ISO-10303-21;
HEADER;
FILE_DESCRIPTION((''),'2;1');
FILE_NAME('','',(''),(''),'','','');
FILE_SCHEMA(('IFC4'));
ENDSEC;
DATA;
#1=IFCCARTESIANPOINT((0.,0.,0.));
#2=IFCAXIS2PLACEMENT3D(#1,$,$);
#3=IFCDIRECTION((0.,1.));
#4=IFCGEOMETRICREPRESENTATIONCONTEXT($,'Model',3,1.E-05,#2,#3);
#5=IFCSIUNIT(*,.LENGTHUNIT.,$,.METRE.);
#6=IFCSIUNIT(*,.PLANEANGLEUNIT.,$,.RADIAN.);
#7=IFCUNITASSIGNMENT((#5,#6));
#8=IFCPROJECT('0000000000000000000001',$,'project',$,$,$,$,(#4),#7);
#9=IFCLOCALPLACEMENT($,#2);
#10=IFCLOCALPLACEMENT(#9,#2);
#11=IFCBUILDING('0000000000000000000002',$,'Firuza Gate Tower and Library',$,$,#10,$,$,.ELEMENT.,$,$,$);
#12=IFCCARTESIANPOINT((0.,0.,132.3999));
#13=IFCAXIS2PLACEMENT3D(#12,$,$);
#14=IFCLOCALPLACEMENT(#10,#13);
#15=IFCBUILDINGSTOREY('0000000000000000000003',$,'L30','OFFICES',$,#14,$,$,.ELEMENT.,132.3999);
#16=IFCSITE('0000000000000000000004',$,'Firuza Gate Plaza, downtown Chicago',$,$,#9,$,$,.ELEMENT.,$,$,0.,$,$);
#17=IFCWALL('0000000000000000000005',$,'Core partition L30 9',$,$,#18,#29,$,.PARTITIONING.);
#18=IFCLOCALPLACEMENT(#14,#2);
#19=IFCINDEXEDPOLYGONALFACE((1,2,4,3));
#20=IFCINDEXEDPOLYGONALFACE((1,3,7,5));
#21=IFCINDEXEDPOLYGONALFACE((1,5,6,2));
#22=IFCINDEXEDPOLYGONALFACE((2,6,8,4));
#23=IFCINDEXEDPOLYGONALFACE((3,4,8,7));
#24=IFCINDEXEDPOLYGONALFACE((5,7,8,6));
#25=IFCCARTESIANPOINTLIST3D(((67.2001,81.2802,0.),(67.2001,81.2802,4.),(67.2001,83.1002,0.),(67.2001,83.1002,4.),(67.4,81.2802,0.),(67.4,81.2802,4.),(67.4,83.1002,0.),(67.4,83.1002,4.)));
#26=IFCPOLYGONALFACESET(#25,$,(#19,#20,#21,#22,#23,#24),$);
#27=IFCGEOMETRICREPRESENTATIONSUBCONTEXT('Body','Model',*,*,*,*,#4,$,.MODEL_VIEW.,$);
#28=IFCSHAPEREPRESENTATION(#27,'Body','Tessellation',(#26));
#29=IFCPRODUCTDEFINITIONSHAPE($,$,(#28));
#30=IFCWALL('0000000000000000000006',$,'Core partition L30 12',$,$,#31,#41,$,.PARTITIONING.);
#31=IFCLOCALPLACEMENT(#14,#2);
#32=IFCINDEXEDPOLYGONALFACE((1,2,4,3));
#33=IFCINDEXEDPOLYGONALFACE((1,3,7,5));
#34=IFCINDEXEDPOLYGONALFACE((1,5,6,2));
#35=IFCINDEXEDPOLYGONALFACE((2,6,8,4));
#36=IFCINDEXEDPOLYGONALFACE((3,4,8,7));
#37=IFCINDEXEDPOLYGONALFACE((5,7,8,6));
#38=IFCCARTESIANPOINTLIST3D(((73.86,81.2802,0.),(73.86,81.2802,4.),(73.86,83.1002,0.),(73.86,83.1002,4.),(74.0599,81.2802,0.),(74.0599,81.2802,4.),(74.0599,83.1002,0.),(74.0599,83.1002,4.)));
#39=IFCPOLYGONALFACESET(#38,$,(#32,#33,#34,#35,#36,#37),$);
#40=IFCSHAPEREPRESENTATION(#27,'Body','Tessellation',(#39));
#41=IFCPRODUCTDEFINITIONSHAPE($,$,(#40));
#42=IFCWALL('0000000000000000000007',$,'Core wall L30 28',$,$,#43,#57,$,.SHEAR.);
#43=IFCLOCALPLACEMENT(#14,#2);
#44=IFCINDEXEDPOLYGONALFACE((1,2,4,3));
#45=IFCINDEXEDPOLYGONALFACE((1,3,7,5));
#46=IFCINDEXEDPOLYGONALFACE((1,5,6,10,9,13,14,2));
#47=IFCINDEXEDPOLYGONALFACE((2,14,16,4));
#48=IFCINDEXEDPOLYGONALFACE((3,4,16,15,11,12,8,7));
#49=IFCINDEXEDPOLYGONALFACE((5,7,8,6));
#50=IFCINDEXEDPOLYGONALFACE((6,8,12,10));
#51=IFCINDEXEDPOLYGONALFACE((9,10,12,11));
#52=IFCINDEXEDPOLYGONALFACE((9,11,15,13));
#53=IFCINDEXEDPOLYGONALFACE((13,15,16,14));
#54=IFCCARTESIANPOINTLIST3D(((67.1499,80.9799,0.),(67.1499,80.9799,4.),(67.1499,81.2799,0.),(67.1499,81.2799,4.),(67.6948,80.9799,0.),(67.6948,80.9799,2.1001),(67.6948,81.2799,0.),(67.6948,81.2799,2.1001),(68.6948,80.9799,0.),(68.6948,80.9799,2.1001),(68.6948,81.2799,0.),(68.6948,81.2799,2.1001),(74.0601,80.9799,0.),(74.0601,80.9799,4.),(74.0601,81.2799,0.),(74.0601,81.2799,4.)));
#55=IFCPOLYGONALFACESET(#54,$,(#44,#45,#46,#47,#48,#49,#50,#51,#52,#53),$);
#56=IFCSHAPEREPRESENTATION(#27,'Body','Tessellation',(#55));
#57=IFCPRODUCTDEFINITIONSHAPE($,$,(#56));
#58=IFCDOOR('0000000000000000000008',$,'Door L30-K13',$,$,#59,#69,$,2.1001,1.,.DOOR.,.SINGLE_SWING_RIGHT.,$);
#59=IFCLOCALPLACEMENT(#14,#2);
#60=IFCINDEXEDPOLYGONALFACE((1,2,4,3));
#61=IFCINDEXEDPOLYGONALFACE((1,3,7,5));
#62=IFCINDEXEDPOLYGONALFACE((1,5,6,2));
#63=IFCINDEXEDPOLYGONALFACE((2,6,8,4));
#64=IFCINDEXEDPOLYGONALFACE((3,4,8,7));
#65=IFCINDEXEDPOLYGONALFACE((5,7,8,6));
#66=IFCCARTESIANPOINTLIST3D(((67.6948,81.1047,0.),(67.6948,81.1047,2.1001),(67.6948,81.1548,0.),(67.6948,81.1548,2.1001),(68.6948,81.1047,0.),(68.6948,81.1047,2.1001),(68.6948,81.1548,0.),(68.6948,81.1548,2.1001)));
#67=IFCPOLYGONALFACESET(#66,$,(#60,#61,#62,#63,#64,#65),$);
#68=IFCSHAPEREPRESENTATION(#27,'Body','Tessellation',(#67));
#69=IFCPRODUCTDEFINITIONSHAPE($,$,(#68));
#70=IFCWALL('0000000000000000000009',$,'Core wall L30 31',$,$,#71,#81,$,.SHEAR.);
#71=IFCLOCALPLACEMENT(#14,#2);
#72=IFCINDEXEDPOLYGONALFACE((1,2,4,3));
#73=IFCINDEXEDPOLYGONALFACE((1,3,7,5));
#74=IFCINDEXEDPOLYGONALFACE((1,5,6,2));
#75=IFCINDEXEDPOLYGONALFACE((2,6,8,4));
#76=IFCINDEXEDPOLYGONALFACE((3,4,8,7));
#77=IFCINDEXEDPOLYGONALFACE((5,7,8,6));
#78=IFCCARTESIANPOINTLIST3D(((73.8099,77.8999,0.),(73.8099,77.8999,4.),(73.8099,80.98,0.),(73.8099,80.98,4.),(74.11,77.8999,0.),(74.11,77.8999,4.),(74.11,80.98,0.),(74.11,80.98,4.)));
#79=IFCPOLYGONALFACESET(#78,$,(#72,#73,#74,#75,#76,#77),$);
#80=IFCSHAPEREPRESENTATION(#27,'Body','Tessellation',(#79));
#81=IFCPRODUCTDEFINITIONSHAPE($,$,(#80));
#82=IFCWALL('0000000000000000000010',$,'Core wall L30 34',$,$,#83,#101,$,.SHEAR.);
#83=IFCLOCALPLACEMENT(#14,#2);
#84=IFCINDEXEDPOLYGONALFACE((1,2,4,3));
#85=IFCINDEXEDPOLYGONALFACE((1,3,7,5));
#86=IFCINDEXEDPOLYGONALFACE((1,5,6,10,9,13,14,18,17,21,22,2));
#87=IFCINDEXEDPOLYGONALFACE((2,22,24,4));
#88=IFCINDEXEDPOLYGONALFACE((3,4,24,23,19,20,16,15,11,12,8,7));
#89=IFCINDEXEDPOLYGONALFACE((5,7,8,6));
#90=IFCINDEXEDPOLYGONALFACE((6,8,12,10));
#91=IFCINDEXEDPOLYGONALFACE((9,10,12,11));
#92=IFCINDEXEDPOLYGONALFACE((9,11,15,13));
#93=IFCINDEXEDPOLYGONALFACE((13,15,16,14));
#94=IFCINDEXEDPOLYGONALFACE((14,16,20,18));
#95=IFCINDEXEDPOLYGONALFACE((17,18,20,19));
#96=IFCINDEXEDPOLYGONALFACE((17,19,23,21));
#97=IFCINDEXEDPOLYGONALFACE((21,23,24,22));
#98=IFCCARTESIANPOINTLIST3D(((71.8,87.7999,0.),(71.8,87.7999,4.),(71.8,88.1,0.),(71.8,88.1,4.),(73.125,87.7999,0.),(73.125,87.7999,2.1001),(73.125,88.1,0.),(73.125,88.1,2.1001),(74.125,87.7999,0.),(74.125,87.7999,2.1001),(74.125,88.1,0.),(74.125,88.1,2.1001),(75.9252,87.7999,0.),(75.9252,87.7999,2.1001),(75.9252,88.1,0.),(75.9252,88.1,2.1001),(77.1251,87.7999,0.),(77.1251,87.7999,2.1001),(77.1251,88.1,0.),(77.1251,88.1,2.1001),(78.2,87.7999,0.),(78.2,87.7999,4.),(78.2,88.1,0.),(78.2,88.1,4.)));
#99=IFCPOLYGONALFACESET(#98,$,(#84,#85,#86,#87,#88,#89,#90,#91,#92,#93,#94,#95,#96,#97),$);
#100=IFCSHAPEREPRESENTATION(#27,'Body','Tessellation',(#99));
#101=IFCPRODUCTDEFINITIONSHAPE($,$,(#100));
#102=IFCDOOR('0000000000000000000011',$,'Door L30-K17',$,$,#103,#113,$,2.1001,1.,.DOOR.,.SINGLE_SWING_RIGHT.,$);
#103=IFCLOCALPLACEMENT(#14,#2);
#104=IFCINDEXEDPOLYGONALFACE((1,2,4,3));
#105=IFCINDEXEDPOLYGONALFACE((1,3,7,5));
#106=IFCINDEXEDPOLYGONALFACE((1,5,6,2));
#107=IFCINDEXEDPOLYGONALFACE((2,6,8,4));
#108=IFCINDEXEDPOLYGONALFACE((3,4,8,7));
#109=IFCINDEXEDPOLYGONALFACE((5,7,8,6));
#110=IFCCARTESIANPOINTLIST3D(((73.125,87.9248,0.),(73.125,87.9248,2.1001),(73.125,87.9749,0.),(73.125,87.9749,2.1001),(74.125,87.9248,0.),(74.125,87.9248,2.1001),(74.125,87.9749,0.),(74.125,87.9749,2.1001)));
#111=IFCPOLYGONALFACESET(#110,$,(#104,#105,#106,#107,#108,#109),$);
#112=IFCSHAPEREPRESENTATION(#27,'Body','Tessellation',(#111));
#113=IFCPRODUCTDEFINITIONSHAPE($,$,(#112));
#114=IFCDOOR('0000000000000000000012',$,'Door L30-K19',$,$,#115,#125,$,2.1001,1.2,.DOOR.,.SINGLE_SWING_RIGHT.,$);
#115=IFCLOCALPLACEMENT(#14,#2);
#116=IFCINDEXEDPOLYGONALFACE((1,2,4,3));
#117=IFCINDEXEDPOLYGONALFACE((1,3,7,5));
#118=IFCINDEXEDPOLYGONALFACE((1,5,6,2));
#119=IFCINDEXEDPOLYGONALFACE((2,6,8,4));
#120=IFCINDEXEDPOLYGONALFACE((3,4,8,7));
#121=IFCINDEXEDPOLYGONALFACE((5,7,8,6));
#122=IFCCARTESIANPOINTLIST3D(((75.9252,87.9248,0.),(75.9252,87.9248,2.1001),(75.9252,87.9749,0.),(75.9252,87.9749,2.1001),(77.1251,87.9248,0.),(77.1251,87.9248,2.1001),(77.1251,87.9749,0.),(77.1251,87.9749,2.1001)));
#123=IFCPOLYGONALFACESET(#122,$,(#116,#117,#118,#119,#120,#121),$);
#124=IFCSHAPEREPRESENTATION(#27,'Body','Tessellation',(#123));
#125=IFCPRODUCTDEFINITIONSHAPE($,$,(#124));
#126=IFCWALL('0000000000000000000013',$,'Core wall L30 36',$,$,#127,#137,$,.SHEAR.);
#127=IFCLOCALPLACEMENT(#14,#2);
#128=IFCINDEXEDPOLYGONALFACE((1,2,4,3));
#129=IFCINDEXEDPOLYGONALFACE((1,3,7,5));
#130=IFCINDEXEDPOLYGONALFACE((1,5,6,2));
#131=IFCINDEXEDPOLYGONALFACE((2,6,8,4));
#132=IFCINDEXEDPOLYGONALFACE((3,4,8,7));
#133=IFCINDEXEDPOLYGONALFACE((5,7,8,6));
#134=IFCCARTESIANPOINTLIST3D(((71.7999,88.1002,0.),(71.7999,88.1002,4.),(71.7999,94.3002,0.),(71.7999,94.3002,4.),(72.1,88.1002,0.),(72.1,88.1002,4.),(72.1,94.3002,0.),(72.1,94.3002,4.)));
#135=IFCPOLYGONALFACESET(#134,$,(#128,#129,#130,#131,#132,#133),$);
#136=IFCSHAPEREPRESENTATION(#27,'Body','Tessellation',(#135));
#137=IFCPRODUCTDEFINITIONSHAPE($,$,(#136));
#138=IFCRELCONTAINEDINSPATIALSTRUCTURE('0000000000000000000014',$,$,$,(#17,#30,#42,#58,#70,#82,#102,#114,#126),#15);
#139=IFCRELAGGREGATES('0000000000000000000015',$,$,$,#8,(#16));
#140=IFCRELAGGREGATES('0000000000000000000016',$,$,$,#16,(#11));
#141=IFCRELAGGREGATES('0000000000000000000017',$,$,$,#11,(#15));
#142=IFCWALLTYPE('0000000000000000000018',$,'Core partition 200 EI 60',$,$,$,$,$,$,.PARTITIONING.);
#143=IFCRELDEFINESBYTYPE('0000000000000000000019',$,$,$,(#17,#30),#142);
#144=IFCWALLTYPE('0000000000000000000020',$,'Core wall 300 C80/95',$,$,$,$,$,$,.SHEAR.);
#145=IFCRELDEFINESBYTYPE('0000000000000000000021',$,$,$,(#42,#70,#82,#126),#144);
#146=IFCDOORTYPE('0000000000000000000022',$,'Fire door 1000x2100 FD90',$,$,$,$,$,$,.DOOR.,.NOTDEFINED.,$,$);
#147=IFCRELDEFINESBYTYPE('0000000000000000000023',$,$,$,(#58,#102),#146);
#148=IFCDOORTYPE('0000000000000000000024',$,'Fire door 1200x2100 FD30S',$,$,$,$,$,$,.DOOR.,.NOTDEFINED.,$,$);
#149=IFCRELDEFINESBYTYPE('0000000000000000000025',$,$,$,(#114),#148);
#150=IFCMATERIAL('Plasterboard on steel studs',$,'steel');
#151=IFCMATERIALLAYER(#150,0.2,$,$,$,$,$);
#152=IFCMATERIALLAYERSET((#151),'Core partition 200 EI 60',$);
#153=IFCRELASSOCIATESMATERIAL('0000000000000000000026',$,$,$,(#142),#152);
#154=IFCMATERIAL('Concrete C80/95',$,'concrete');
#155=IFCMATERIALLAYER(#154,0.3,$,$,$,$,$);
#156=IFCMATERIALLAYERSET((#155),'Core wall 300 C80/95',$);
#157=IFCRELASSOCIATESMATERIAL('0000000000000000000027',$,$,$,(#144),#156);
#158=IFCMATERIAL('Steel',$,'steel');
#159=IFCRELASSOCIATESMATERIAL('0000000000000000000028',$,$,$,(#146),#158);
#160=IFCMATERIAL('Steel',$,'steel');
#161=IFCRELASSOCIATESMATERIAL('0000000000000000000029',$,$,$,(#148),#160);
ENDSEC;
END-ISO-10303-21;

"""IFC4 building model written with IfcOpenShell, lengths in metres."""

from ifc_helpers import new_model, si_unit, direction, frame, frame_2d, origin, place, context, subcontext, project, spatial, rectangle, extrude, material, layer, layer_set, type_object, element, fill, save


model = new_model("IFC4")

# Units and contexts
model_context = context("Model", 3, precision=1e-05, world=origin(), true_north=direction((0.0, 1.0)))
body_context = subcontext(model_context, "Body", "Model", "MODEL_VIEW")
ifc_project = project(units=[si_unit("LENGTHUNIT", "METRE"), si_unit("PLANEANGLEUNIT", "RADIAN")], contexts=[model_context])

# Site, building, storey
site_placement = place(None, origin())
site = spatial("IfcSite", under=ifc_project, at=site_placement, Name="Firuza Gate Plaza, downtown Chicago", CompositionType="ELEMENT", RefElevation=0.0)
building_placement = place(site_placement, origin())
building = spatial("IfcBuilding", under=site, at=building_placement, Name="Firuza Gate Tower and Library", CompositionType="ELEMENT")
storey_placement = place(building_placement, frame((0.0, 0.0, 132.3999)))
storey = spatial("IfcBuildingStorey", under=building, at=storey_placement, Name="L30", Description="OFFICES", CompositionType="ELEMENT", Elevation=132.3999)

# Walls
ifc_material_1 = material(Name="Plasterboard on steel studs", Category="steel")
ifc_layer_1 = layer(ifc_material_1, 0.2)
ifc_layer_set_1 = layer_set([ifc_layer_1], Name="Core partition 200 EI 60")
wall_type_1 = type_object("IfcWallType", Name="Core partition 200 EI 60", PredefinedType="PARTITIONING", material=ifc_layer_set_1)
for number, where, z_axis, x_axis, name in (
    (1, (67.3, 81.28, 0.0), (0.0, 0.0, 1.0), (0.0, 1.0, 0.0), "Core partition L30 9"),
    (2, (73.96, 81.28, 0.0), (0.0, 0.0, 1.0), (0.0, 1.0, 0.0), "Core partition L30 12"),
):
    element("IfcWall", number, at=place(storey_placement, frame(where, z_axis=z_axis, x_axis=x_axis)), inside=storey, type_object=wall_type_1, Name=name, PredefinedType="PARTITIONING", context=body_context, shape_type="SweptSolid", body=[
        extrude(rectangle(XDim=1.8201, YDim=0.2, at=frame_2d((0.9102, 0.0))), origin(), (0.0, 0.0, 1.0), 4.0),
    ])

# Wall, opening, door
ifc_material_2 = material(Name="Concrete C80/95", Category="concrete")
ifc_layer_2 = layer(ifc_material_2, 0.3)
ifc_layer_set_2 = layer_set([ifc_layer_2], Name="Core wall 300 C80/95")
wall_type_2 = type_object("IfcWallType", Name="Core wall 300 C80/95", PredefinedType="SHEAR", material=ifc_layer_set_2)
wall_1_placement = place(storey_placement, frame((67.1499, 81.1299, 0.0), z_axis=(0.0, 0.0, 1.0), x_axis=(1.0, 0.0, 0.0)))
wall_1 = element("IfcWall", 3, at=wall_1_placement, inside=storey, type_object=wall_type_2, Name="Core wall L30 28", PredefinedType="SHEAR", context=body_context, shape_type="SweptSolid", body=[
    extrude(rectangle(XDim=6.9102, YDim=0.3, at=frame_2d((3.4551, 0.0))), origin(), (0.0, 0.0, 1.0), 4.0),
])
opening_1_placement = place(wall_1_placement, frame((0.5449, 0.0, 0.0)))
opening_1 = element("IfcOpeningElement", 4, at=opening_1_placement, cuts=wall_1, PredefinedType="OPENING", context=body_context, shape_type="SweptSolid", body=[
    extrude(rectangle(XDim=1.0, YDim=2.1001, at=frame_2d((0.5, 1.05))), frame((0.0, 0.1602, 0.0), z_axis=(0.0, -1.0, 0.0), x_axis=(1.0, 0.0, 0.0)), (0.0, 0.0, 1.0), 0.3201),
])
ifc_material_3 = material(Name="Steel", Category="steel")
door_type_1 = type_object("IfcDoorType", Name="Fire door 1000x2100 FD90", OperationType="NOTDEFINED", PredefinedType="DOOR", material=ifc_material_3)
door_1_placement = place(opening_1_placement, origin())
door_1 = element("IfcDoor", 5, at=door_1_placement, inside=storey, type_object=door_type_1, Name="Door L30-K13", OperationType="SINGLE_SWING_RIGHT", OverallHeight=2.1001, OverallWidth=1.0, PredefinedType="DOOR", context=body_context, shape_type="SweptSolid", body=[
    extrude(rectangle(XDim=1.0, YDim=2.1001, at=frame_2d((0.5, 1.05))), frame((0.0, 0.0249, 0.0), z_axis=(0.0, -1.0, 0.0), x_axis=(1.0, 0.0, 0.0)), (0.0, 0.0, 1.0), 0.05),
])
fill(opening_1, door_1)

# Wall
wall_2_placement = place(storey_placement, frame((73.96, 77.8999, 0.0), z_axis=(0.0, 0.0, 1.0), x_axis=(0.0, 1.0, 0.0)))
element("IfcWall", 6, at=wall_2_placement, inside=storey, type_object=wall_type_2, Name="Core wall L30 31", PredefinedType="SHEAR", context=body_context, shape_type="SweptSolid", body=[
    extrude(rectangle(XDim=3.0801, YDim=0.3, at=frame_2d((1.54, 0.0))), origin(), (0.0, 0.0, 1.0), 4.0),
])

# Wall, openings, doors
wall_3_placement = place(storey_placement, frame((71.8, 87.95, 0.0), z_axis=(0.0, 0.0, 1.0), x_axis=(1.0, 0.0, 0.0)))
wall_3 = element("IfcWall", 7, at=wall_3_placement, inside=storey, type_object=wall_type_2, Name="Core wall L30 34", PredefinedType="SHEAR", context=body_context, shape_type="SweptSolid", body=[
    extrude(rectangle(XDim=6.3999, YDim=0.3, at=frame_2d((3.2, 0.0))), origin(), (0.0, 0.0, 1.0), 4.0),
])
opening_2_placement = place(wall_3_placement, frame((1.325, 0.0, 0.0)))
opening_2 = element("IfcOpeningElement", 8, at=opening_2_placement, cuts=wall_3, PredefinedType="OPENING", context=body_context, shape_type="SweptSolid", body=[
    extrude(rectangle(XDim=1.0, YDim=2.1001, at=frame_2d((0.5, 1.05))), frame((0.0, 0.1602, 0.0), z_axis=(0.0, -1.0, 0.0), x_axis=(1.0, 0.0, 0.0)), (0.0, 0.0, 1.0), 0.3201),
])
opening_3_placement = place(wall_3_placement, frame((4.125, 0.0, 0.0)))
opening_3 = element("IfcOpeningElement", 9, at=opening_3_placement, cuts=wall_3, PredefinedType="OPENING", context=body_context, shape_type="SweptSolid", body=[
    extrude(rectangle(XDim=1.2, YDim=2.1001, at=frame_2d((0.6001, 1.05))), frame((0.0, 0.1602, 0.0), z_axis=(0.0, -1.0, 0.0), x_axis=(1.0, 0.0, 0.0)), (0.0, 0.0, 1.0), 0.3201),
])
door_2_placement = place(opening_2_placement, origin())
door_2 = element("IfcDoor", 10, at=door_2_placement, inside=storey, type_object=door_type_1, Name="Door L30-K17", OperationType="SINGLE_SWING_RIGHT", OverallHeight=2.1001, OverallWidth=1.0, PredefinedType="DOOR", context=body_context, shape_type="SweptSolid", body=[
    extrude(rectangle(XDim=1.0, YDim=2.1001, at=frame_2d((0.5, 1.05))), frame((0.0, 0.0249, 0.0), z_axis=(0.0, -1.0, 0.0), x_axis=(1.0, 0.0, 0.0)), (0.0, 0.0, 1.0), 0.05),
])
fill(opening_2, door_2)
ifc_material_4 = material(Name="Steel", Category="steel")
door_type_2 = type_object("IfcDoorType", Name="Fire door 1200x2100 FD30S", OperationType="NOTDEFINED", PredefinedType="DOOR", material=ifc_material_4)
door_3_placement = place(opening_3_placement, origin())
door_3 = element("IfcDoor", 11, at=door_3_placement, inside=storey, type_object=door_type_2, Name="Door L30-K19", OperationType="SINGLE_SWING_RIGHT", OverallHeight=2.1001, OverallWidth=1.2, PredefinedType="DOOR", context=body_context, shape_type="SweptSolid", body=[
    extrude(rectangle(XDim=1.2, YDim=2.1001, at=frame_2d((0.6001, 1.05))), frame((0.0, 0.0249, 0.0), z_axis=(0.0, -1.0, 0.0), x_axis=(1.0, 0.0, 0.0)), (0.0, 0.0, 1.0), 0.05),
])
fill(opening_3, door_3)

# Wall
wall_4_placement = place(storey_placement, frame((71.95, 88.1001, 0.0), z_axis=(0.0, 0.0, 1.0), x_axis=(0.0, 1.0, 0.0)))
element("IfcWall", 12, at=wall_4_placement, inside=storey, type_object=wall_type_2, Name="Core wall L30 36", PredefinedType="SHEAR", context=body_context, shape_type="SweptSolid", body=[
    extrude(rectangle(XDim=6.2, YDim=0.3, at=frame_2d((3.1001, 0.0))), origin(), (0.0, 0.0, 1.0), 4.0),
])

save(model, "model.ifc")
